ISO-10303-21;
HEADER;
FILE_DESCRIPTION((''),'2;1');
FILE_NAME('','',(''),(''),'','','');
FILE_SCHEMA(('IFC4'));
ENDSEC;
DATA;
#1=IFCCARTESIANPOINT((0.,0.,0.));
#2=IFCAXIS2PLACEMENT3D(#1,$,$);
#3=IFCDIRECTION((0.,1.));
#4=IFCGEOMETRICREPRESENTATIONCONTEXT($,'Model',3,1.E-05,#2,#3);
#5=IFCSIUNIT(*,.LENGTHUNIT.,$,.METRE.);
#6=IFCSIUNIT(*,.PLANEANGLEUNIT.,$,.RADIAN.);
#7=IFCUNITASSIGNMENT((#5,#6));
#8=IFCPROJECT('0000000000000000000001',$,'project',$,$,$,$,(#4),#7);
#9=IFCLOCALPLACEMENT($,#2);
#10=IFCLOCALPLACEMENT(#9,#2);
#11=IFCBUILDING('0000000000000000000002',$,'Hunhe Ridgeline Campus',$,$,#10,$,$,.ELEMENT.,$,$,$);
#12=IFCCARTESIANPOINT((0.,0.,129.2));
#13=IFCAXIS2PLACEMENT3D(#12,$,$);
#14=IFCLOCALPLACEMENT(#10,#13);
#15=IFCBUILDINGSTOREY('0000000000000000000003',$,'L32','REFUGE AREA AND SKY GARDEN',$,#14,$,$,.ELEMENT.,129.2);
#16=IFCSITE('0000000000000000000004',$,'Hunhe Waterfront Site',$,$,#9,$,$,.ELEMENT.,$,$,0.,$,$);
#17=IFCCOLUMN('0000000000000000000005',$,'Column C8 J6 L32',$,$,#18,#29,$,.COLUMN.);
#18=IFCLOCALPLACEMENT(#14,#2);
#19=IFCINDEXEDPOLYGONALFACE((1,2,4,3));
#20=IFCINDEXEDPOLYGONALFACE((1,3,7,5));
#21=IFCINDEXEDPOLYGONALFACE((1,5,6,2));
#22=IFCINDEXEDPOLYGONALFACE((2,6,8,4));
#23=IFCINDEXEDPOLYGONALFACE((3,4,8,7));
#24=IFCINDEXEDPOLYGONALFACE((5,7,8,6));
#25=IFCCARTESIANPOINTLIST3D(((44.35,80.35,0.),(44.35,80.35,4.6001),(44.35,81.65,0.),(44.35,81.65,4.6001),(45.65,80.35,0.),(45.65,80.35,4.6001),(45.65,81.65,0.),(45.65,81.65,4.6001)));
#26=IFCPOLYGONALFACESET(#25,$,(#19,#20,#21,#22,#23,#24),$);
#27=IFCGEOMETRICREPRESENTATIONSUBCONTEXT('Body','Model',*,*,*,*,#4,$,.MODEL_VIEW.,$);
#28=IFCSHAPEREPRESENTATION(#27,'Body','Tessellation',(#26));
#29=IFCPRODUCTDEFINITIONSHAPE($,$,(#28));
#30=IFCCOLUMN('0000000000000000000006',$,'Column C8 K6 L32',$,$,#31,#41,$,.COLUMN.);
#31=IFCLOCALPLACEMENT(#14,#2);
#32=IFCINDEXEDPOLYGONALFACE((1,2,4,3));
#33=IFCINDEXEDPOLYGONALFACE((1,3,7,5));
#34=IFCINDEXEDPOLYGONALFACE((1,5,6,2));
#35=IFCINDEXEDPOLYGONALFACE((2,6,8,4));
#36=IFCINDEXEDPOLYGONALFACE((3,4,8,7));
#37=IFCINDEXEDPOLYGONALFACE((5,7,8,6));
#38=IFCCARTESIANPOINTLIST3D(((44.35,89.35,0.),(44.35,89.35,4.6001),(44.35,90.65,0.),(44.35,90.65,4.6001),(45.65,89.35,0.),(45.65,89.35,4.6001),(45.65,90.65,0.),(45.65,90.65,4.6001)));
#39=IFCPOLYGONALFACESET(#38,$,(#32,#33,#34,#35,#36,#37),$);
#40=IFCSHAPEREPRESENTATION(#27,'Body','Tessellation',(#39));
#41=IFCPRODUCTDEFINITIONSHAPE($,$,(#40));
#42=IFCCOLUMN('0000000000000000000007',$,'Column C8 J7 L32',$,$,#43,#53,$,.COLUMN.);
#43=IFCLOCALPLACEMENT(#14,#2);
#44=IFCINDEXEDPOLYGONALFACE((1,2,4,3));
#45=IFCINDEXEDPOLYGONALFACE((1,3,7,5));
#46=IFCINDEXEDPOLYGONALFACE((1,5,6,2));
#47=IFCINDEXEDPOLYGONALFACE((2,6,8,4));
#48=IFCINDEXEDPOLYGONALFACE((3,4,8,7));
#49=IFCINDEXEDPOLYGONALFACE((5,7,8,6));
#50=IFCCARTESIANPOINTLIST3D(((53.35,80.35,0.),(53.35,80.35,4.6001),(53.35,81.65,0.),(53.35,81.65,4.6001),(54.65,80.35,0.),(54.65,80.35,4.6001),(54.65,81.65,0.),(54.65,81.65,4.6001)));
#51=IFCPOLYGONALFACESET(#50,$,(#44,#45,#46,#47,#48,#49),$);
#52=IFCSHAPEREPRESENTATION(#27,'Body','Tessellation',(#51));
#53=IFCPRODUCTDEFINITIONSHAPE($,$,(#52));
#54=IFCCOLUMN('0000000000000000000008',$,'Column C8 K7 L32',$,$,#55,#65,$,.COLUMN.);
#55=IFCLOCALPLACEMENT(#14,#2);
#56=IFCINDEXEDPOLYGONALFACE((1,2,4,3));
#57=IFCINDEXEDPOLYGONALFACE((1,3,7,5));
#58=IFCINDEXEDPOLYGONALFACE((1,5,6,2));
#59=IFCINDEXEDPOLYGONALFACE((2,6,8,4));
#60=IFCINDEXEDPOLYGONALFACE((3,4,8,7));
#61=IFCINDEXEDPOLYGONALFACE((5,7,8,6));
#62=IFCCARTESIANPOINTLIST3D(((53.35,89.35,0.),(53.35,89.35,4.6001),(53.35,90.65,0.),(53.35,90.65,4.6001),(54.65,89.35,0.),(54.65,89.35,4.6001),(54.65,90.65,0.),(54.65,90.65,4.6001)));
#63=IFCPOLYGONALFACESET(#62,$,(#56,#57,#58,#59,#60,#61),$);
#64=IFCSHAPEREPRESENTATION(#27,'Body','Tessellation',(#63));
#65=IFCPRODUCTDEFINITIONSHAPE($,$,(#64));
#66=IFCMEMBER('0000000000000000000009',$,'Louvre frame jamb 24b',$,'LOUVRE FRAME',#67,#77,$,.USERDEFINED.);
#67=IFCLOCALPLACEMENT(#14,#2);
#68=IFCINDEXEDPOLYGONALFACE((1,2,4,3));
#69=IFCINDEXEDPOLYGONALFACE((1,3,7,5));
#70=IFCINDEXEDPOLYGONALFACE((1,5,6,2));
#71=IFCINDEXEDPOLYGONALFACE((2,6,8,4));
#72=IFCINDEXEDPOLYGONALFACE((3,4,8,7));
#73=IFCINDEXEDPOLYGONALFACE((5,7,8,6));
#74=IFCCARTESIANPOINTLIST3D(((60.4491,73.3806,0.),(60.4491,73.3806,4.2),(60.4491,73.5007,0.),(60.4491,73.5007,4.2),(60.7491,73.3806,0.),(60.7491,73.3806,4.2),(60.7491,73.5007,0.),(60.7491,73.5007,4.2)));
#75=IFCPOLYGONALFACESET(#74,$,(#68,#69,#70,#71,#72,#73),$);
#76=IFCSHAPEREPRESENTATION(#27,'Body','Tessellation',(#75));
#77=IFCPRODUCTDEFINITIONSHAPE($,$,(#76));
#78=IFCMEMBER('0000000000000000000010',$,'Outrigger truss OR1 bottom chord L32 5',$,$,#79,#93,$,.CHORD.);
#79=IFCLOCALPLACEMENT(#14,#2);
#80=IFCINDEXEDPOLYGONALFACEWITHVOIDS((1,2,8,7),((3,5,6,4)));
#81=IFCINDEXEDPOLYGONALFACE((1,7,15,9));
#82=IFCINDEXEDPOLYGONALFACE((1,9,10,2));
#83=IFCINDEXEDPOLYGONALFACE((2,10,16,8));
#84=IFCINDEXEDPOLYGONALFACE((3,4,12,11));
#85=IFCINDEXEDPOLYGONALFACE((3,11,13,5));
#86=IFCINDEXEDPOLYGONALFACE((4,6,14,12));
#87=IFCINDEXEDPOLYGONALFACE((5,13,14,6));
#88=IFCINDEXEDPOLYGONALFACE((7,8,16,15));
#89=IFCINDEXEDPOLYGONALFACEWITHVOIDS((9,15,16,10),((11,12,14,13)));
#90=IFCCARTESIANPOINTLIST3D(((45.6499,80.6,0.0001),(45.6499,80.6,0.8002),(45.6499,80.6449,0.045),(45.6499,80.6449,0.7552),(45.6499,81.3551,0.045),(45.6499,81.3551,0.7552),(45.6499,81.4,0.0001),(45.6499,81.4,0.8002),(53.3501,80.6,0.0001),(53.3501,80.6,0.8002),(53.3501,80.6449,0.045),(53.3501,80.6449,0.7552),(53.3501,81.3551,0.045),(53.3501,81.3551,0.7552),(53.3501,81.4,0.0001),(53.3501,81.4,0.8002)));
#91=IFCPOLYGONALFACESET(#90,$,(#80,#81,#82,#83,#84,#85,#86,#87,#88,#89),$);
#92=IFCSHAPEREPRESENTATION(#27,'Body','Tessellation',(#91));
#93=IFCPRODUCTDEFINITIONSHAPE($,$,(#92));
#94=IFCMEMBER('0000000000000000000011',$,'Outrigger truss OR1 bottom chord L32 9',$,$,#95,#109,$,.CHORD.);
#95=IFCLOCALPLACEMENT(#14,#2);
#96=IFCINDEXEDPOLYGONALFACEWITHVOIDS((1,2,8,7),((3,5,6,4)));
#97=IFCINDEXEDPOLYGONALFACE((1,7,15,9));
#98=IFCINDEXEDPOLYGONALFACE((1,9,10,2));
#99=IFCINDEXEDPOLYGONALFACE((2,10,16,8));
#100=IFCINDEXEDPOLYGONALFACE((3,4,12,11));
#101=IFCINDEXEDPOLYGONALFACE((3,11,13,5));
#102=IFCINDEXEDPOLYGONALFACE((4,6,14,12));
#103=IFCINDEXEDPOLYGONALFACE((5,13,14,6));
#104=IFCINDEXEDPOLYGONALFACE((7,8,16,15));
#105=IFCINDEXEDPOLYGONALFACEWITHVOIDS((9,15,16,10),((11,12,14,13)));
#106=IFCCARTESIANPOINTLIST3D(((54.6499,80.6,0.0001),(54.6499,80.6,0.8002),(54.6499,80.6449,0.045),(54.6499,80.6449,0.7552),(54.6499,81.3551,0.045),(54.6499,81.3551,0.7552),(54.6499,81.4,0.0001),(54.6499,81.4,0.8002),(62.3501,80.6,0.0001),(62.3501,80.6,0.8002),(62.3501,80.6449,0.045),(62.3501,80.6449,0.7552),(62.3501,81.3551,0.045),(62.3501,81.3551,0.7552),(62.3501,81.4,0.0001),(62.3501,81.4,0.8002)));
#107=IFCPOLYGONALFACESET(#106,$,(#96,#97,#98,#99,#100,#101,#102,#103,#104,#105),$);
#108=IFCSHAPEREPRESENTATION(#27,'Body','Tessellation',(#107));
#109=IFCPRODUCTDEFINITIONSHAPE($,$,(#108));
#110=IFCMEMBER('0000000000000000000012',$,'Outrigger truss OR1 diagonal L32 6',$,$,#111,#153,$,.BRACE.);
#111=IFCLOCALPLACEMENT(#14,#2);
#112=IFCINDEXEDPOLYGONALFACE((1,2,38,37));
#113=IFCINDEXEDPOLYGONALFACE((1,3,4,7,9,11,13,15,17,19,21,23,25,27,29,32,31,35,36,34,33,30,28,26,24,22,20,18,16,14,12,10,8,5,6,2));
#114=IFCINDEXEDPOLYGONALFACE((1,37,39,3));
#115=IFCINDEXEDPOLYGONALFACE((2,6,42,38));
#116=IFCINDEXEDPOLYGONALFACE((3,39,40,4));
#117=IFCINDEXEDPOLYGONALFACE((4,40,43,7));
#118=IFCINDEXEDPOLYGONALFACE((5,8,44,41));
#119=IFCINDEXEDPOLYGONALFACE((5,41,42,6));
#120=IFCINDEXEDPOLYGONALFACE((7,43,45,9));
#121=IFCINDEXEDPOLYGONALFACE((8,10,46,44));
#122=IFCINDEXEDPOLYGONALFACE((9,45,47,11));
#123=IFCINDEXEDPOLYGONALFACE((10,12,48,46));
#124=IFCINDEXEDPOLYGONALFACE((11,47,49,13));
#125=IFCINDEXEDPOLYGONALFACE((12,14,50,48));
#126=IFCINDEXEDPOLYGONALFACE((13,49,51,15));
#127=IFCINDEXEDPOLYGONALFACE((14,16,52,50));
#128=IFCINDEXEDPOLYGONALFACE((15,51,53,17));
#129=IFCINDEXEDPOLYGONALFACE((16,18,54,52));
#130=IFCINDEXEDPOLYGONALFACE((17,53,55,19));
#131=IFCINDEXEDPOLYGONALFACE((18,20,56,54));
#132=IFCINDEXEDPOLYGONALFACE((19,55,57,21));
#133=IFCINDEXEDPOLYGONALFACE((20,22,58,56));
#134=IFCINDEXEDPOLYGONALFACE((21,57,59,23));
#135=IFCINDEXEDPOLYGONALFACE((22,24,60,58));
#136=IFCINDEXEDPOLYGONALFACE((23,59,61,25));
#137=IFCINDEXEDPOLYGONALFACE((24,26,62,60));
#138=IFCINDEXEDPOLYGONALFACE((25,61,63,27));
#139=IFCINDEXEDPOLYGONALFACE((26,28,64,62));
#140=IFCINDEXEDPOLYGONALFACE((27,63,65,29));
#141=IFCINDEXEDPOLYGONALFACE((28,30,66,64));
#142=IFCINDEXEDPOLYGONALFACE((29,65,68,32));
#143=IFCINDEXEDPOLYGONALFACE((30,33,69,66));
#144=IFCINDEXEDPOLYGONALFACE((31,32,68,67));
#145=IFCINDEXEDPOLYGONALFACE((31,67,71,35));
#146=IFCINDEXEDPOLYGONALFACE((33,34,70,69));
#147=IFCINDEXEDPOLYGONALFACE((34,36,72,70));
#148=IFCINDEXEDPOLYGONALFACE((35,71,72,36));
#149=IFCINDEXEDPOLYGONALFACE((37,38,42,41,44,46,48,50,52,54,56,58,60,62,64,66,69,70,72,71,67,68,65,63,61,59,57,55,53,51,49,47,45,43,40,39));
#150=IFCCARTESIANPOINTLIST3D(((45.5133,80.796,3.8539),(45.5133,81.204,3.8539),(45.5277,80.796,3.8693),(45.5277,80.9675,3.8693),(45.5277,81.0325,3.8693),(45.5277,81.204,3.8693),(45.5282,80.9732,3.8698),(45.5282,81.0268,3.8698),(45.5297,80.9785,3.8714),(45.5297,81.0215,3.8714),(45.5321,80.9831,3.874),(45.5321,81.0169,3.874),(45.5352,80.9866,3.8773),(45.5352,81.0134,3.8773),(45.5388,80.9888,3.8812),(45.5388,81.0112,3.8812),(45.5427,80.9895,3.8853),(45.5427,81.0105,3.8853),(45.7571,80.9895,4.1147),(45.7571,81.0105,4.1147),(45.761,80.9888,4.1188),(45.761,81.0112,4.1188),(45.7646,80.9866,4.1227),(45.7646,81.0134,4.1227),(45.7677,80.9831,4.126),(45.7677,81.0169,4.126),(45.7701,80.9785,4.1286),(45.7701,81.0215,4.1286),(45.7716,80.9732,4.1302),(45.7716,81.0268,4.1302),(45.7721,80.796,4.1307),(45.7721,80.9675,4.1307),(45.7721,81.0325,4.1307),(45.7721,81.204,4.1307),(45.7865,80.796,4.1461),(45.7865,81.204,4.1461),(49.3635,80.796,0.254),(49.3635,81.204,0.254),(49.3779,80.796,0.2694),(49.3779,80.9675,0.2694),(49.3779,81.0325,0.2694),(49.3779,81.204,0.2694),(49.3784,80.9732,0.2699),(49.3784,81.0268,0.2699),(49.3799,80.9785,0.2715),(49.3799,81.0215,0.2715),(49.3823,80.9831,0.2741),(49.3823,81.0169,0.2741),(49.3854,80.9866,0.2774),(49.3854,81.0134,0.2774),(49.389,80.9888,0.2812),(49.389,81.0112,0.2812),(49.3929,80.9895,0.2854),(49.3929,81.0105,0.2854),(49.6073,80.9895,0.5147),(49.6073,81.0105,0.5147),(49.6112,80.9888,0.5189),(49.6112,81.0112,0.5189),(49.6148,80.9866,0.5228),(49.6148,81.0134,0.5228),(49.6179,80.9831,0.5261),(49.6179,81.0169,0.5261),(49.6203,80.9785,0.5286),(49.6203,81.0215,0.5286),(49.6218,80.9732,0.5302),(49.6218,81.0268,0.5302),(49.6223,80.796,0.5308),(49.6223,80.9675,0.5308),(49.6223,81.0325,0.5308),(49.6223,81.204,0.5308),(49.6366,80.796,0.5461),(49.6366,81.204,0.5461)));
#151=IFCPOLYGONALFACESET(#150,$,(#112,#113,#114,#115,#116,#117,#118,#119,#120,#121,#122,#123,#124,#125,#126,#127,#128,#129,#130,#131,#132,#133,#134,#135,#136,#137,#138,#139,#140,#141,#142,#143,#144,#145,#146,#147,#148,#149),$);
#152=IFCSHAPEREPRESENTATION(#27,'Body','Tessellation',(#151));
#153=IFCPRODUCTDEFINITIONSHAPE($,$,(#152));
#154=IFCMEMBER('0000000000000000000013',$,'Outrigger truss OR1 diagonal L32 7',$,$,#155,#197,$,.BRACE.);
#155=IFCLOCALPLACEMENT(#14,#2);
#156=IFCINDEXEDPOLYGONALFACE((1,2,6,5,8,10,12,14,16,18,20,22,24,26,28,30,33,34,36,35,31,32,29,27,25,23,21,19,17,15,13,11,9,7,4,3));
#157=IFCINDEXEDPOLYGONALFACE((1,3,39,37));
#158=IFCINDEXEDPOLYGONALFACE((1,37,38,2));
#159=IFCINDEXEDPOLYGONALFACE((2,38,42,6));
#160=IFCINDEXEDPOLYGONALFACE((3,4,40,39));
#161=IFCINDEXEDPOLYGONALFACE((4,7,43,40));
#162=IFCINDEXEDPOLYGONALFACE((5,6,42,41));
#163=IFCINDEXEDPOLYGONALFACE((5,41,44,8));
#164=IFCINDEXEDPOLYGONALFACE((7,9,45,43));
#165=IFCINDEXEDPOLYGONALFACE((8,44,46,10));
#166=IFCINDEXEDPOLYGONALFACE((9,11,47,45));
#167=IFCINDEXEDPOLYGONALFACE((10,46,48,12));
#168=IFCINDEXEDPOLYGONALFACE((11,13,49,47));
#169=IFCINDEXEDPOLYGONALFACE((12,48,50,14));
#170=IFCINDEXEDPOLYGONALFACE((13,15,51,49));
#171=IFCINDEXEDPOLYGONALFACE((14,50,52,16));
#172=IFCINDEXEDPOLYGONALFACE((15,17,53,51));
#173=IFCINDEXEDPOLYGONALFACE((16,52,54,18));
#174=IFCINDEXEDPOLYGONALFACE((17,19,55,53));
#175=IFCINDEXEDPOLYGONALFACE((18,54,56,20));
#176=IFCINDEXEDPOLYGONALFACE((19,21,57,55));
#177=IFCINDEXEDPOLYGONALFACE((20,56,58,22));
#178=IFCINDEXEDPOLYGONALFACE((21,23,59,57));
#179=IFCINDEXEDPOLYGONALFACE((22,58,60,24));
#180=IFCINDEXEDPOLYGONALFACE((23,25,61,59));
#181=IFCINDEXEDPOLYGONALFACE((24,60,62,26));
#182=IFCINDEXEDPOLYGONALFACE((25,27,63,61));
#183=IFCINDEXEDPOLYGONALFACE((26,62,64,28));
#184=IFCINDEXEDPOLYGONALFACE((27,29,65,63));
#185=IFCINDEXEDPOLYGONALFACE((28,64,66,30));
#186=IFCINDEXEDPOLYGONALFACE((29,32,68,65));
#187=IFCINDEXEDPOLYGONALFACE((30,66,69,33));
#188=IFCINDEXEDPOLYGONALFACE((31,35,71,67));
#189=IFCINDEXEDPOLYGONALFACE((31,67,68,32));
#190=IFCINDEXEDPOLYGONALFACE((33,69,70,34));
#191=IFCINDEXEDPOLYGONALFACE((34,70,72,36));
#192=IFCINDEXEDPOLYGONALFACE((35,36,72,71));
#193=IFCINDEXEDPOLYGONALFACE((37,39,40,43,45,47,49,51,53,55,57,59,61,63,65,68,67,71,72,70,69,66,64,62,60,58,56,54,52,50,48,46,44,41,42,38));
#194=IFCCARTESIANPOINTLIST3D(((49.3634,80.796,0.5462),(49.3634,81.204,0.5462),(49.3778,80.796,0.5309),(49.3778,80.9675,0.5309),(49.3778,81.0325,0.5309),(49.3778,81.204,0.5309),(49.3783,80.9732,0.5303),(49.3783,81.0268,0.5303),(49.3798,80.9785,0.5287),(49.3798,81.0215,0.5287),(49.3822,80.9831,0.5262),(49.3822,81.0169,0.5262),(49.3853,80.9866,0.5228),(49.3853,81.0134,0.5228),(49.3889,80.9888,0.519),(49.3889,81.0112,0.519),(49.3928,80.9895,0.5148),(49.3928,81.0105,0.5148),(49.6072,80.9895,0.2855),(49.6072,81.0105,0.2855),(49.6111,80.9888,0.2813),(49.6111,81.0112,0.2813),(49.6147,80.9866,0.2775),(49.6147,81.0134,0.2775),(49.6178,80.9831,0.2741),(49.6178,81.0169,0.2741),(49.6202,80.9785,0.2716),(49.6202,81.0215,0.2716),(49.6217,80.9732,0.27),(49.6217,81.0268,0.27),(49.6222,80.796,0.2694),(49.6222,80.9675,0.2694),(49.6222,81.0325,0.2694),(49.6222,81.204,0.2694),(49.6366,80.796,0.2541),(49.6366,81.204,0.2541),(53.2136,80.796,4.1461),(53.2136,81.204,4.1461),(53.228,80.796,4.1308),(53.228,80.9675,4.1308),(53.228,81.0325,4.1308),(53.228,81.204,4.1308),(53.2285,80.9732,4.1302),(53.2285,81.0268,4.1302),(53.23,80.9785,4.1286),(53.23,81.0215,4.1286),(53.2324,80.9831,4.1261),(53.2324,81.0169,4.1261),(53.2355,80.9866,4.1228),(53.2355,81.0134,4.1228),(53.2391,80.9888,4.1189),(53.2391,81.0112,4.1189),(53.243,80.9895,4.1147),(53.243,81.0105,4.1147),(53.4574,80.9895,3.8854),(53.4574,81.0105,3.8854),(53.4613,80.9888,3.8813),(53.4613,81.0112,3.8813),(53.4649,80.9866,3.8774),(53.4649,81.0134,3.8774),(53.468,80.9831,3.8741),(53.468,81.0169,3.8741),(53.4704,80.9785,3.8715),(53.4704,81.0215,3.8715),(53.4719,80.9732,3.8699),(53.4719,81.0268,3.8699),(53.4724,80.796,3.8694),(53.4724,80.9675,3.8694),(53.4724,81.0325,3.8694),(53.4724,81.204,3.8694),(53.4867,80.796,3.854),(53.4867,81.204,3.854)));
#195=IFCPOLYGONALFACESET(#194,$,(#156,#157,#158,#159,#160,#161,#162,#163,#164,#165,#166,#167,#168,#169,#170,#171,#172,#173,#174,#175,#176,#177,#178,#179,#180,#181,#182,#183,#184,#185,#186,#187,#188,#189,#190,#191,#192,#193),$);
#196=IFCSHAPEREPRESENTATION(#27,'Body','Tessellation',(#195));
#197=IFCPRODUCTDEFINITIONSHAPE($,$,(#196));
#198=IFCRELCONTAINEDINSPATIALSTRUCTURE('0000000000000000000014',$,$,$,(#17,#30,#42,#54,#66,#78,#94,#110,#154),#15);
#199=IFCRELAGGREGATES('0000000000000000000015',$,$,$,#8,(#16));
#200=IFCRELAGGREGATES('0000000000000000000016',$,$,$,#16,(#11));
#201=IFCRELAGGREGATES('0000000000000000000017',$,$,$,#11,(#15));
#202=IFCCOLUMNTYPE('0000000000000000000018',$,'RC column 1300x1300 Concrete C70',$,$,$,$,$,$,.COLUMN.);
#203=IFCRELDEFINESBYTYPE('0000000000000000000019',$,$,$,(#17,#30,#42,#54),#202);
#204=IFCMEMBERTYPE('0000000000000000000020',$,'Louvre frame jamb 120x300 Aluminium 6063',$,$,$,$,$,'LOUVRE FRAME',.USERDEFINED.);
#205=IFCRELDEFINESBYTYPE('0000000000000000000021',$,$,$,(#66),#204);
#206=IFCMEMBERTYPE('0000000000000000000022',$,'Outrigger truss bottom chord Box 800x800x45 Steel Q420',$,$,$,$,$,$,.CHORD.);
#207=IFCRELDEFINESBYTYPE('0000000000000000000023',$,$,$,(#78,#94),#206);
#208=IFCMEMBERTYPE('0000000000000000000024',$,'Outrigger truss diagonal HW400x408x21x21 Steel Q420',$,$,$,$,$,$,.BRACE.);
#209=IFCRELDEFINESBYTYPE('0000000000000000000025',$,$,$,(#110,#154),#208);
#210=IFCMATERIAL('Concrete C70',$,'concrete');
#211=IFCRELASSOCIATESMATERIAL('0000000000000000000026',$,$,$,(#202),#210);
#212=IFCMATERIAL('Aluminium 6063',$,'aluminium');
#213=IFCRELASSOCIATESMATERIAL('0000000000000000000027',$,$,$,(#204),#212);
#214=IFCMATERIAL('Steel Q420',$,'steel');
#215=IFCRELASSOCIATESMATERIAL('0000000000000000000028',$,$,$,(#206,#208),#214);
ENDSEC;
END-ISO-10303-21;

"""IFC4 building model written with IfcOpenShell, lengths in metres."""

from ifc_helpers import new_model, si_unit, direction, frame, origin, origin_2d, place, context, subcontext, project, spatial, rectangle, hollow_rectangle, i_section, extrude, material, material_profile, profile_set, type_object, element, save


model = new_model("IFC4")

# Units and contexts
model_context = context("Model", 3, precision=1e-05, world=origin(), true_north=direction((0.0, 1.0)))
body_context = subcontext(model_context, "Body", "Model", "MODEL_VIEW")
ifc_project = project(units=[si_unit("LENGTHUNIT", "METRE"), si_unit("PLANEANGLEUNIT", "RADIAN")], contexts=[model_context])

# Site, building, storey
site_placement = place(None, origin())
site = spatial("IfcSite", under=ifc_project, at=site_placement, Name="Hunhe Waterfront Site", CompositionType="ELEMENT", RefElevation=0.0)
building_placement = place(site_placement, origin())
building = spatial("IfcBuilding", under=site, at=building_placement, Name="Hunhe Ridgeline Campus", CompositionType="ELEMENT")
storey_placement = place(building_placement, frame((0.0, 0.0, 129.2)))
storey = spatial("IfcBuildingStorey", under=building, at=storey_placement, Name="L32", Description="REFUGE AREA AND SKY GARDEN", CompositionType="ELEMENT", Elevation=129.2)

# Columns
ifc_material_1 = material(Name="Concrete C70", Category="concrete")
ifc_material_profile_1 = material_profile(ifc_material_1, rectangle(XDim=1.3, YDim=1.3, at=origin_2d()))
ifc_profile_set_1 = profile_set([ifc_material_profile_1], Name="Concrete C70")
column_type = type_object("IfcColumnType", Name="RC column 1300x1300 Concrete C70", PredefinedType="COLUMN", material=ifc_profile_set_1)
for number, where, z_axis, x_axis, name in (
    (1, (45.0, 81.0, 0.0), (0.0, 0.0, 1.0), (1.0, 0.0, 0.0), "Column C8 J6 L32"),
    (2, (45.0, 90.0, 0.0), (0.0, 0.0, 1.0), (1.0, 0.0, 0.0), "Column C8 K6 L32"),
    (3, (54.0, 81.0, 0.0), (0.0, 0.0, 1.0), (1.0, 0.0, 0.0), "Column C8 J7 L32"),
    (4, (54.0, 90.0, 0.0), (0.0, 0.0, 1.0), (1.0, 0.0, 0.0), "Column C8 K7 L32"),
):
    element("IfcColumn", number, at=place(storey_placement, frame(where, z_axis=z_axis, x_axis=x_axis)), inside=storey, type_object=column_type, Name=name, PredefinedType="COLUMN", context=body_context, shape_type="SweptSolid", body=[
        extrude(rectangle(XDim=1.3, YDim=1.3, at=origin_2d()), origin(), (0.0, 0.0, 1.0), 4.6001),
    ])

# Members
ifc_material_2 = material(Name="Aluminium 6063", Category="aluminium")
ifc_material_profile_2 = material_profile(ifc_material_2, rectangle(XDim=0.3, YDim=0.1201, at=origin_2d()))
ifc_profile_set_2 = profile_set([ifc_material_profile_2], Name="Aluminium 6063")
member_type_1 = type_object("IfcMemberType", Name="Louvre frame jamb 120x300 Aluminium 6063", ElementType="LOUVRE FRAME", PredefinedType="USERDEFINED", material=ifc_profile_set_2)
member_placement = place(storey_placement, frame((60.5991, 73.4407, 0.0), z_axis=(0.0, 0.0, 1.0), x_axis=(-1.0, 0.0, 0.0)))
element("IfcMember", 5, at=member_placement, inside=storey, type_object=member_type_1, Name="Louvre frame jamb 24b", ObjectType="LOUVRE FRAME", PredefinedType="USERDEFINED", context=body_context, shape_type="SweptSolid", body=[
    extrude(rectangle(XDim=0.3, YDim=0.1201, at=origin_2d()), origin(), (0.0, 0.0, 1.0), 4.2),
])
ifc_material_3 = material(Name="Steel Q420", Category="steel")
ifc_material_profile_3 = material_profile(ifc_material_3, hollow_rectangle(XDim=0.8, YDim=0.8, WallThickness=0.0449, at=origin_2d()))
ifc_profile_set_3 = profile_set([ifc_material_profile_3], Name="Steel Q420")
member_type_2 = type_object("IfcMemberType", Name="Outrigger truss bottom chord Box 800x800x45 Steel Q420", PredefinedType="CHORD", material=ifc_profile_set_3)
for number, where, z_axis, x_axis, name in (
    (6, (45.6499, 81.0, 0.4001), (1.0, 0.0, 0.0), (0.0, 1.0, 0.0), "Outrigger truss OR1 bottom chord L32 5"),
    (7, (54.6499, 81.0, 0.4001), (1.0, 0.0, 0.0), (0.0, 1.0, 0.0), "Outrigger truss OR1 bottom chord L32 9"),
):
    element("IfcMember", number, at=place(storey_placement, frame(where, z_axis=z_axis, x_axis=x_axis)), inside=storey, type_object=member_type_2, Name=name, PredefinedType="CHORD", context=body_context, shape_type="SweptSolid", body=[
        extrude(hollow_rectangle(XDim=0.8, YDim=0.8, WallThickness=0.0449, at=origin_2d()), origin(), (0.0, 0.0, 1.0), 7.7002),
    ])
ifc_material_profile_4 = material_profile(ifc_material_3, i_section(OverallWidth=0.408, OverallDepth=0.3999, WebThickness=0.021, FlangeThickness=0.021, FilletRadius=0.022, at=origin_2d()))
ifc_profile_set_4 = profile_set([ifc_material_profile_4], Name="Steel Q420")
member_type_3 = type_object("IfcMemberType", Name="Outrigger truss diagonal HW400x408x21x21 Steel Q420", PredefinedType="BRACE", material=ifc_profile_set_4)
for number, where, z_axis, x_axis, name in (
    (8, (45.6499, 81.0, 4.0), (0.730447, 0.0, -0.68297), (0.0, 1.0, 0.0), "Outrigger truss OR1 diagonal L32 6"),
    (9, (49.5, 81.0, 0.4001), (0.730447, 0.0, 0.68297), (0.0, 1.0, 0.0), "Outrigger truss OR1 diagonal L32 7"),
):
    element("IfcMember", number, at=place(storey_placement, frame(where, z_axis=z_axis, x_axis=x_axis)), inside=storey, type_object=member_type_3, Name=name, PredefinedType="BRACE", context=body_context, shape_type="SweptSolid", body=[
        extrude(i_section(OverallWidth=0.408, OverallDepth=0.3999, WebThickness=0.021, FlangeThickness=0.021, FilletRadius=0.022, at=origin_2d()), origin(), (0.0, 0.0, 1.0), 5.271),
    ])

save(model, "model.ifc")
